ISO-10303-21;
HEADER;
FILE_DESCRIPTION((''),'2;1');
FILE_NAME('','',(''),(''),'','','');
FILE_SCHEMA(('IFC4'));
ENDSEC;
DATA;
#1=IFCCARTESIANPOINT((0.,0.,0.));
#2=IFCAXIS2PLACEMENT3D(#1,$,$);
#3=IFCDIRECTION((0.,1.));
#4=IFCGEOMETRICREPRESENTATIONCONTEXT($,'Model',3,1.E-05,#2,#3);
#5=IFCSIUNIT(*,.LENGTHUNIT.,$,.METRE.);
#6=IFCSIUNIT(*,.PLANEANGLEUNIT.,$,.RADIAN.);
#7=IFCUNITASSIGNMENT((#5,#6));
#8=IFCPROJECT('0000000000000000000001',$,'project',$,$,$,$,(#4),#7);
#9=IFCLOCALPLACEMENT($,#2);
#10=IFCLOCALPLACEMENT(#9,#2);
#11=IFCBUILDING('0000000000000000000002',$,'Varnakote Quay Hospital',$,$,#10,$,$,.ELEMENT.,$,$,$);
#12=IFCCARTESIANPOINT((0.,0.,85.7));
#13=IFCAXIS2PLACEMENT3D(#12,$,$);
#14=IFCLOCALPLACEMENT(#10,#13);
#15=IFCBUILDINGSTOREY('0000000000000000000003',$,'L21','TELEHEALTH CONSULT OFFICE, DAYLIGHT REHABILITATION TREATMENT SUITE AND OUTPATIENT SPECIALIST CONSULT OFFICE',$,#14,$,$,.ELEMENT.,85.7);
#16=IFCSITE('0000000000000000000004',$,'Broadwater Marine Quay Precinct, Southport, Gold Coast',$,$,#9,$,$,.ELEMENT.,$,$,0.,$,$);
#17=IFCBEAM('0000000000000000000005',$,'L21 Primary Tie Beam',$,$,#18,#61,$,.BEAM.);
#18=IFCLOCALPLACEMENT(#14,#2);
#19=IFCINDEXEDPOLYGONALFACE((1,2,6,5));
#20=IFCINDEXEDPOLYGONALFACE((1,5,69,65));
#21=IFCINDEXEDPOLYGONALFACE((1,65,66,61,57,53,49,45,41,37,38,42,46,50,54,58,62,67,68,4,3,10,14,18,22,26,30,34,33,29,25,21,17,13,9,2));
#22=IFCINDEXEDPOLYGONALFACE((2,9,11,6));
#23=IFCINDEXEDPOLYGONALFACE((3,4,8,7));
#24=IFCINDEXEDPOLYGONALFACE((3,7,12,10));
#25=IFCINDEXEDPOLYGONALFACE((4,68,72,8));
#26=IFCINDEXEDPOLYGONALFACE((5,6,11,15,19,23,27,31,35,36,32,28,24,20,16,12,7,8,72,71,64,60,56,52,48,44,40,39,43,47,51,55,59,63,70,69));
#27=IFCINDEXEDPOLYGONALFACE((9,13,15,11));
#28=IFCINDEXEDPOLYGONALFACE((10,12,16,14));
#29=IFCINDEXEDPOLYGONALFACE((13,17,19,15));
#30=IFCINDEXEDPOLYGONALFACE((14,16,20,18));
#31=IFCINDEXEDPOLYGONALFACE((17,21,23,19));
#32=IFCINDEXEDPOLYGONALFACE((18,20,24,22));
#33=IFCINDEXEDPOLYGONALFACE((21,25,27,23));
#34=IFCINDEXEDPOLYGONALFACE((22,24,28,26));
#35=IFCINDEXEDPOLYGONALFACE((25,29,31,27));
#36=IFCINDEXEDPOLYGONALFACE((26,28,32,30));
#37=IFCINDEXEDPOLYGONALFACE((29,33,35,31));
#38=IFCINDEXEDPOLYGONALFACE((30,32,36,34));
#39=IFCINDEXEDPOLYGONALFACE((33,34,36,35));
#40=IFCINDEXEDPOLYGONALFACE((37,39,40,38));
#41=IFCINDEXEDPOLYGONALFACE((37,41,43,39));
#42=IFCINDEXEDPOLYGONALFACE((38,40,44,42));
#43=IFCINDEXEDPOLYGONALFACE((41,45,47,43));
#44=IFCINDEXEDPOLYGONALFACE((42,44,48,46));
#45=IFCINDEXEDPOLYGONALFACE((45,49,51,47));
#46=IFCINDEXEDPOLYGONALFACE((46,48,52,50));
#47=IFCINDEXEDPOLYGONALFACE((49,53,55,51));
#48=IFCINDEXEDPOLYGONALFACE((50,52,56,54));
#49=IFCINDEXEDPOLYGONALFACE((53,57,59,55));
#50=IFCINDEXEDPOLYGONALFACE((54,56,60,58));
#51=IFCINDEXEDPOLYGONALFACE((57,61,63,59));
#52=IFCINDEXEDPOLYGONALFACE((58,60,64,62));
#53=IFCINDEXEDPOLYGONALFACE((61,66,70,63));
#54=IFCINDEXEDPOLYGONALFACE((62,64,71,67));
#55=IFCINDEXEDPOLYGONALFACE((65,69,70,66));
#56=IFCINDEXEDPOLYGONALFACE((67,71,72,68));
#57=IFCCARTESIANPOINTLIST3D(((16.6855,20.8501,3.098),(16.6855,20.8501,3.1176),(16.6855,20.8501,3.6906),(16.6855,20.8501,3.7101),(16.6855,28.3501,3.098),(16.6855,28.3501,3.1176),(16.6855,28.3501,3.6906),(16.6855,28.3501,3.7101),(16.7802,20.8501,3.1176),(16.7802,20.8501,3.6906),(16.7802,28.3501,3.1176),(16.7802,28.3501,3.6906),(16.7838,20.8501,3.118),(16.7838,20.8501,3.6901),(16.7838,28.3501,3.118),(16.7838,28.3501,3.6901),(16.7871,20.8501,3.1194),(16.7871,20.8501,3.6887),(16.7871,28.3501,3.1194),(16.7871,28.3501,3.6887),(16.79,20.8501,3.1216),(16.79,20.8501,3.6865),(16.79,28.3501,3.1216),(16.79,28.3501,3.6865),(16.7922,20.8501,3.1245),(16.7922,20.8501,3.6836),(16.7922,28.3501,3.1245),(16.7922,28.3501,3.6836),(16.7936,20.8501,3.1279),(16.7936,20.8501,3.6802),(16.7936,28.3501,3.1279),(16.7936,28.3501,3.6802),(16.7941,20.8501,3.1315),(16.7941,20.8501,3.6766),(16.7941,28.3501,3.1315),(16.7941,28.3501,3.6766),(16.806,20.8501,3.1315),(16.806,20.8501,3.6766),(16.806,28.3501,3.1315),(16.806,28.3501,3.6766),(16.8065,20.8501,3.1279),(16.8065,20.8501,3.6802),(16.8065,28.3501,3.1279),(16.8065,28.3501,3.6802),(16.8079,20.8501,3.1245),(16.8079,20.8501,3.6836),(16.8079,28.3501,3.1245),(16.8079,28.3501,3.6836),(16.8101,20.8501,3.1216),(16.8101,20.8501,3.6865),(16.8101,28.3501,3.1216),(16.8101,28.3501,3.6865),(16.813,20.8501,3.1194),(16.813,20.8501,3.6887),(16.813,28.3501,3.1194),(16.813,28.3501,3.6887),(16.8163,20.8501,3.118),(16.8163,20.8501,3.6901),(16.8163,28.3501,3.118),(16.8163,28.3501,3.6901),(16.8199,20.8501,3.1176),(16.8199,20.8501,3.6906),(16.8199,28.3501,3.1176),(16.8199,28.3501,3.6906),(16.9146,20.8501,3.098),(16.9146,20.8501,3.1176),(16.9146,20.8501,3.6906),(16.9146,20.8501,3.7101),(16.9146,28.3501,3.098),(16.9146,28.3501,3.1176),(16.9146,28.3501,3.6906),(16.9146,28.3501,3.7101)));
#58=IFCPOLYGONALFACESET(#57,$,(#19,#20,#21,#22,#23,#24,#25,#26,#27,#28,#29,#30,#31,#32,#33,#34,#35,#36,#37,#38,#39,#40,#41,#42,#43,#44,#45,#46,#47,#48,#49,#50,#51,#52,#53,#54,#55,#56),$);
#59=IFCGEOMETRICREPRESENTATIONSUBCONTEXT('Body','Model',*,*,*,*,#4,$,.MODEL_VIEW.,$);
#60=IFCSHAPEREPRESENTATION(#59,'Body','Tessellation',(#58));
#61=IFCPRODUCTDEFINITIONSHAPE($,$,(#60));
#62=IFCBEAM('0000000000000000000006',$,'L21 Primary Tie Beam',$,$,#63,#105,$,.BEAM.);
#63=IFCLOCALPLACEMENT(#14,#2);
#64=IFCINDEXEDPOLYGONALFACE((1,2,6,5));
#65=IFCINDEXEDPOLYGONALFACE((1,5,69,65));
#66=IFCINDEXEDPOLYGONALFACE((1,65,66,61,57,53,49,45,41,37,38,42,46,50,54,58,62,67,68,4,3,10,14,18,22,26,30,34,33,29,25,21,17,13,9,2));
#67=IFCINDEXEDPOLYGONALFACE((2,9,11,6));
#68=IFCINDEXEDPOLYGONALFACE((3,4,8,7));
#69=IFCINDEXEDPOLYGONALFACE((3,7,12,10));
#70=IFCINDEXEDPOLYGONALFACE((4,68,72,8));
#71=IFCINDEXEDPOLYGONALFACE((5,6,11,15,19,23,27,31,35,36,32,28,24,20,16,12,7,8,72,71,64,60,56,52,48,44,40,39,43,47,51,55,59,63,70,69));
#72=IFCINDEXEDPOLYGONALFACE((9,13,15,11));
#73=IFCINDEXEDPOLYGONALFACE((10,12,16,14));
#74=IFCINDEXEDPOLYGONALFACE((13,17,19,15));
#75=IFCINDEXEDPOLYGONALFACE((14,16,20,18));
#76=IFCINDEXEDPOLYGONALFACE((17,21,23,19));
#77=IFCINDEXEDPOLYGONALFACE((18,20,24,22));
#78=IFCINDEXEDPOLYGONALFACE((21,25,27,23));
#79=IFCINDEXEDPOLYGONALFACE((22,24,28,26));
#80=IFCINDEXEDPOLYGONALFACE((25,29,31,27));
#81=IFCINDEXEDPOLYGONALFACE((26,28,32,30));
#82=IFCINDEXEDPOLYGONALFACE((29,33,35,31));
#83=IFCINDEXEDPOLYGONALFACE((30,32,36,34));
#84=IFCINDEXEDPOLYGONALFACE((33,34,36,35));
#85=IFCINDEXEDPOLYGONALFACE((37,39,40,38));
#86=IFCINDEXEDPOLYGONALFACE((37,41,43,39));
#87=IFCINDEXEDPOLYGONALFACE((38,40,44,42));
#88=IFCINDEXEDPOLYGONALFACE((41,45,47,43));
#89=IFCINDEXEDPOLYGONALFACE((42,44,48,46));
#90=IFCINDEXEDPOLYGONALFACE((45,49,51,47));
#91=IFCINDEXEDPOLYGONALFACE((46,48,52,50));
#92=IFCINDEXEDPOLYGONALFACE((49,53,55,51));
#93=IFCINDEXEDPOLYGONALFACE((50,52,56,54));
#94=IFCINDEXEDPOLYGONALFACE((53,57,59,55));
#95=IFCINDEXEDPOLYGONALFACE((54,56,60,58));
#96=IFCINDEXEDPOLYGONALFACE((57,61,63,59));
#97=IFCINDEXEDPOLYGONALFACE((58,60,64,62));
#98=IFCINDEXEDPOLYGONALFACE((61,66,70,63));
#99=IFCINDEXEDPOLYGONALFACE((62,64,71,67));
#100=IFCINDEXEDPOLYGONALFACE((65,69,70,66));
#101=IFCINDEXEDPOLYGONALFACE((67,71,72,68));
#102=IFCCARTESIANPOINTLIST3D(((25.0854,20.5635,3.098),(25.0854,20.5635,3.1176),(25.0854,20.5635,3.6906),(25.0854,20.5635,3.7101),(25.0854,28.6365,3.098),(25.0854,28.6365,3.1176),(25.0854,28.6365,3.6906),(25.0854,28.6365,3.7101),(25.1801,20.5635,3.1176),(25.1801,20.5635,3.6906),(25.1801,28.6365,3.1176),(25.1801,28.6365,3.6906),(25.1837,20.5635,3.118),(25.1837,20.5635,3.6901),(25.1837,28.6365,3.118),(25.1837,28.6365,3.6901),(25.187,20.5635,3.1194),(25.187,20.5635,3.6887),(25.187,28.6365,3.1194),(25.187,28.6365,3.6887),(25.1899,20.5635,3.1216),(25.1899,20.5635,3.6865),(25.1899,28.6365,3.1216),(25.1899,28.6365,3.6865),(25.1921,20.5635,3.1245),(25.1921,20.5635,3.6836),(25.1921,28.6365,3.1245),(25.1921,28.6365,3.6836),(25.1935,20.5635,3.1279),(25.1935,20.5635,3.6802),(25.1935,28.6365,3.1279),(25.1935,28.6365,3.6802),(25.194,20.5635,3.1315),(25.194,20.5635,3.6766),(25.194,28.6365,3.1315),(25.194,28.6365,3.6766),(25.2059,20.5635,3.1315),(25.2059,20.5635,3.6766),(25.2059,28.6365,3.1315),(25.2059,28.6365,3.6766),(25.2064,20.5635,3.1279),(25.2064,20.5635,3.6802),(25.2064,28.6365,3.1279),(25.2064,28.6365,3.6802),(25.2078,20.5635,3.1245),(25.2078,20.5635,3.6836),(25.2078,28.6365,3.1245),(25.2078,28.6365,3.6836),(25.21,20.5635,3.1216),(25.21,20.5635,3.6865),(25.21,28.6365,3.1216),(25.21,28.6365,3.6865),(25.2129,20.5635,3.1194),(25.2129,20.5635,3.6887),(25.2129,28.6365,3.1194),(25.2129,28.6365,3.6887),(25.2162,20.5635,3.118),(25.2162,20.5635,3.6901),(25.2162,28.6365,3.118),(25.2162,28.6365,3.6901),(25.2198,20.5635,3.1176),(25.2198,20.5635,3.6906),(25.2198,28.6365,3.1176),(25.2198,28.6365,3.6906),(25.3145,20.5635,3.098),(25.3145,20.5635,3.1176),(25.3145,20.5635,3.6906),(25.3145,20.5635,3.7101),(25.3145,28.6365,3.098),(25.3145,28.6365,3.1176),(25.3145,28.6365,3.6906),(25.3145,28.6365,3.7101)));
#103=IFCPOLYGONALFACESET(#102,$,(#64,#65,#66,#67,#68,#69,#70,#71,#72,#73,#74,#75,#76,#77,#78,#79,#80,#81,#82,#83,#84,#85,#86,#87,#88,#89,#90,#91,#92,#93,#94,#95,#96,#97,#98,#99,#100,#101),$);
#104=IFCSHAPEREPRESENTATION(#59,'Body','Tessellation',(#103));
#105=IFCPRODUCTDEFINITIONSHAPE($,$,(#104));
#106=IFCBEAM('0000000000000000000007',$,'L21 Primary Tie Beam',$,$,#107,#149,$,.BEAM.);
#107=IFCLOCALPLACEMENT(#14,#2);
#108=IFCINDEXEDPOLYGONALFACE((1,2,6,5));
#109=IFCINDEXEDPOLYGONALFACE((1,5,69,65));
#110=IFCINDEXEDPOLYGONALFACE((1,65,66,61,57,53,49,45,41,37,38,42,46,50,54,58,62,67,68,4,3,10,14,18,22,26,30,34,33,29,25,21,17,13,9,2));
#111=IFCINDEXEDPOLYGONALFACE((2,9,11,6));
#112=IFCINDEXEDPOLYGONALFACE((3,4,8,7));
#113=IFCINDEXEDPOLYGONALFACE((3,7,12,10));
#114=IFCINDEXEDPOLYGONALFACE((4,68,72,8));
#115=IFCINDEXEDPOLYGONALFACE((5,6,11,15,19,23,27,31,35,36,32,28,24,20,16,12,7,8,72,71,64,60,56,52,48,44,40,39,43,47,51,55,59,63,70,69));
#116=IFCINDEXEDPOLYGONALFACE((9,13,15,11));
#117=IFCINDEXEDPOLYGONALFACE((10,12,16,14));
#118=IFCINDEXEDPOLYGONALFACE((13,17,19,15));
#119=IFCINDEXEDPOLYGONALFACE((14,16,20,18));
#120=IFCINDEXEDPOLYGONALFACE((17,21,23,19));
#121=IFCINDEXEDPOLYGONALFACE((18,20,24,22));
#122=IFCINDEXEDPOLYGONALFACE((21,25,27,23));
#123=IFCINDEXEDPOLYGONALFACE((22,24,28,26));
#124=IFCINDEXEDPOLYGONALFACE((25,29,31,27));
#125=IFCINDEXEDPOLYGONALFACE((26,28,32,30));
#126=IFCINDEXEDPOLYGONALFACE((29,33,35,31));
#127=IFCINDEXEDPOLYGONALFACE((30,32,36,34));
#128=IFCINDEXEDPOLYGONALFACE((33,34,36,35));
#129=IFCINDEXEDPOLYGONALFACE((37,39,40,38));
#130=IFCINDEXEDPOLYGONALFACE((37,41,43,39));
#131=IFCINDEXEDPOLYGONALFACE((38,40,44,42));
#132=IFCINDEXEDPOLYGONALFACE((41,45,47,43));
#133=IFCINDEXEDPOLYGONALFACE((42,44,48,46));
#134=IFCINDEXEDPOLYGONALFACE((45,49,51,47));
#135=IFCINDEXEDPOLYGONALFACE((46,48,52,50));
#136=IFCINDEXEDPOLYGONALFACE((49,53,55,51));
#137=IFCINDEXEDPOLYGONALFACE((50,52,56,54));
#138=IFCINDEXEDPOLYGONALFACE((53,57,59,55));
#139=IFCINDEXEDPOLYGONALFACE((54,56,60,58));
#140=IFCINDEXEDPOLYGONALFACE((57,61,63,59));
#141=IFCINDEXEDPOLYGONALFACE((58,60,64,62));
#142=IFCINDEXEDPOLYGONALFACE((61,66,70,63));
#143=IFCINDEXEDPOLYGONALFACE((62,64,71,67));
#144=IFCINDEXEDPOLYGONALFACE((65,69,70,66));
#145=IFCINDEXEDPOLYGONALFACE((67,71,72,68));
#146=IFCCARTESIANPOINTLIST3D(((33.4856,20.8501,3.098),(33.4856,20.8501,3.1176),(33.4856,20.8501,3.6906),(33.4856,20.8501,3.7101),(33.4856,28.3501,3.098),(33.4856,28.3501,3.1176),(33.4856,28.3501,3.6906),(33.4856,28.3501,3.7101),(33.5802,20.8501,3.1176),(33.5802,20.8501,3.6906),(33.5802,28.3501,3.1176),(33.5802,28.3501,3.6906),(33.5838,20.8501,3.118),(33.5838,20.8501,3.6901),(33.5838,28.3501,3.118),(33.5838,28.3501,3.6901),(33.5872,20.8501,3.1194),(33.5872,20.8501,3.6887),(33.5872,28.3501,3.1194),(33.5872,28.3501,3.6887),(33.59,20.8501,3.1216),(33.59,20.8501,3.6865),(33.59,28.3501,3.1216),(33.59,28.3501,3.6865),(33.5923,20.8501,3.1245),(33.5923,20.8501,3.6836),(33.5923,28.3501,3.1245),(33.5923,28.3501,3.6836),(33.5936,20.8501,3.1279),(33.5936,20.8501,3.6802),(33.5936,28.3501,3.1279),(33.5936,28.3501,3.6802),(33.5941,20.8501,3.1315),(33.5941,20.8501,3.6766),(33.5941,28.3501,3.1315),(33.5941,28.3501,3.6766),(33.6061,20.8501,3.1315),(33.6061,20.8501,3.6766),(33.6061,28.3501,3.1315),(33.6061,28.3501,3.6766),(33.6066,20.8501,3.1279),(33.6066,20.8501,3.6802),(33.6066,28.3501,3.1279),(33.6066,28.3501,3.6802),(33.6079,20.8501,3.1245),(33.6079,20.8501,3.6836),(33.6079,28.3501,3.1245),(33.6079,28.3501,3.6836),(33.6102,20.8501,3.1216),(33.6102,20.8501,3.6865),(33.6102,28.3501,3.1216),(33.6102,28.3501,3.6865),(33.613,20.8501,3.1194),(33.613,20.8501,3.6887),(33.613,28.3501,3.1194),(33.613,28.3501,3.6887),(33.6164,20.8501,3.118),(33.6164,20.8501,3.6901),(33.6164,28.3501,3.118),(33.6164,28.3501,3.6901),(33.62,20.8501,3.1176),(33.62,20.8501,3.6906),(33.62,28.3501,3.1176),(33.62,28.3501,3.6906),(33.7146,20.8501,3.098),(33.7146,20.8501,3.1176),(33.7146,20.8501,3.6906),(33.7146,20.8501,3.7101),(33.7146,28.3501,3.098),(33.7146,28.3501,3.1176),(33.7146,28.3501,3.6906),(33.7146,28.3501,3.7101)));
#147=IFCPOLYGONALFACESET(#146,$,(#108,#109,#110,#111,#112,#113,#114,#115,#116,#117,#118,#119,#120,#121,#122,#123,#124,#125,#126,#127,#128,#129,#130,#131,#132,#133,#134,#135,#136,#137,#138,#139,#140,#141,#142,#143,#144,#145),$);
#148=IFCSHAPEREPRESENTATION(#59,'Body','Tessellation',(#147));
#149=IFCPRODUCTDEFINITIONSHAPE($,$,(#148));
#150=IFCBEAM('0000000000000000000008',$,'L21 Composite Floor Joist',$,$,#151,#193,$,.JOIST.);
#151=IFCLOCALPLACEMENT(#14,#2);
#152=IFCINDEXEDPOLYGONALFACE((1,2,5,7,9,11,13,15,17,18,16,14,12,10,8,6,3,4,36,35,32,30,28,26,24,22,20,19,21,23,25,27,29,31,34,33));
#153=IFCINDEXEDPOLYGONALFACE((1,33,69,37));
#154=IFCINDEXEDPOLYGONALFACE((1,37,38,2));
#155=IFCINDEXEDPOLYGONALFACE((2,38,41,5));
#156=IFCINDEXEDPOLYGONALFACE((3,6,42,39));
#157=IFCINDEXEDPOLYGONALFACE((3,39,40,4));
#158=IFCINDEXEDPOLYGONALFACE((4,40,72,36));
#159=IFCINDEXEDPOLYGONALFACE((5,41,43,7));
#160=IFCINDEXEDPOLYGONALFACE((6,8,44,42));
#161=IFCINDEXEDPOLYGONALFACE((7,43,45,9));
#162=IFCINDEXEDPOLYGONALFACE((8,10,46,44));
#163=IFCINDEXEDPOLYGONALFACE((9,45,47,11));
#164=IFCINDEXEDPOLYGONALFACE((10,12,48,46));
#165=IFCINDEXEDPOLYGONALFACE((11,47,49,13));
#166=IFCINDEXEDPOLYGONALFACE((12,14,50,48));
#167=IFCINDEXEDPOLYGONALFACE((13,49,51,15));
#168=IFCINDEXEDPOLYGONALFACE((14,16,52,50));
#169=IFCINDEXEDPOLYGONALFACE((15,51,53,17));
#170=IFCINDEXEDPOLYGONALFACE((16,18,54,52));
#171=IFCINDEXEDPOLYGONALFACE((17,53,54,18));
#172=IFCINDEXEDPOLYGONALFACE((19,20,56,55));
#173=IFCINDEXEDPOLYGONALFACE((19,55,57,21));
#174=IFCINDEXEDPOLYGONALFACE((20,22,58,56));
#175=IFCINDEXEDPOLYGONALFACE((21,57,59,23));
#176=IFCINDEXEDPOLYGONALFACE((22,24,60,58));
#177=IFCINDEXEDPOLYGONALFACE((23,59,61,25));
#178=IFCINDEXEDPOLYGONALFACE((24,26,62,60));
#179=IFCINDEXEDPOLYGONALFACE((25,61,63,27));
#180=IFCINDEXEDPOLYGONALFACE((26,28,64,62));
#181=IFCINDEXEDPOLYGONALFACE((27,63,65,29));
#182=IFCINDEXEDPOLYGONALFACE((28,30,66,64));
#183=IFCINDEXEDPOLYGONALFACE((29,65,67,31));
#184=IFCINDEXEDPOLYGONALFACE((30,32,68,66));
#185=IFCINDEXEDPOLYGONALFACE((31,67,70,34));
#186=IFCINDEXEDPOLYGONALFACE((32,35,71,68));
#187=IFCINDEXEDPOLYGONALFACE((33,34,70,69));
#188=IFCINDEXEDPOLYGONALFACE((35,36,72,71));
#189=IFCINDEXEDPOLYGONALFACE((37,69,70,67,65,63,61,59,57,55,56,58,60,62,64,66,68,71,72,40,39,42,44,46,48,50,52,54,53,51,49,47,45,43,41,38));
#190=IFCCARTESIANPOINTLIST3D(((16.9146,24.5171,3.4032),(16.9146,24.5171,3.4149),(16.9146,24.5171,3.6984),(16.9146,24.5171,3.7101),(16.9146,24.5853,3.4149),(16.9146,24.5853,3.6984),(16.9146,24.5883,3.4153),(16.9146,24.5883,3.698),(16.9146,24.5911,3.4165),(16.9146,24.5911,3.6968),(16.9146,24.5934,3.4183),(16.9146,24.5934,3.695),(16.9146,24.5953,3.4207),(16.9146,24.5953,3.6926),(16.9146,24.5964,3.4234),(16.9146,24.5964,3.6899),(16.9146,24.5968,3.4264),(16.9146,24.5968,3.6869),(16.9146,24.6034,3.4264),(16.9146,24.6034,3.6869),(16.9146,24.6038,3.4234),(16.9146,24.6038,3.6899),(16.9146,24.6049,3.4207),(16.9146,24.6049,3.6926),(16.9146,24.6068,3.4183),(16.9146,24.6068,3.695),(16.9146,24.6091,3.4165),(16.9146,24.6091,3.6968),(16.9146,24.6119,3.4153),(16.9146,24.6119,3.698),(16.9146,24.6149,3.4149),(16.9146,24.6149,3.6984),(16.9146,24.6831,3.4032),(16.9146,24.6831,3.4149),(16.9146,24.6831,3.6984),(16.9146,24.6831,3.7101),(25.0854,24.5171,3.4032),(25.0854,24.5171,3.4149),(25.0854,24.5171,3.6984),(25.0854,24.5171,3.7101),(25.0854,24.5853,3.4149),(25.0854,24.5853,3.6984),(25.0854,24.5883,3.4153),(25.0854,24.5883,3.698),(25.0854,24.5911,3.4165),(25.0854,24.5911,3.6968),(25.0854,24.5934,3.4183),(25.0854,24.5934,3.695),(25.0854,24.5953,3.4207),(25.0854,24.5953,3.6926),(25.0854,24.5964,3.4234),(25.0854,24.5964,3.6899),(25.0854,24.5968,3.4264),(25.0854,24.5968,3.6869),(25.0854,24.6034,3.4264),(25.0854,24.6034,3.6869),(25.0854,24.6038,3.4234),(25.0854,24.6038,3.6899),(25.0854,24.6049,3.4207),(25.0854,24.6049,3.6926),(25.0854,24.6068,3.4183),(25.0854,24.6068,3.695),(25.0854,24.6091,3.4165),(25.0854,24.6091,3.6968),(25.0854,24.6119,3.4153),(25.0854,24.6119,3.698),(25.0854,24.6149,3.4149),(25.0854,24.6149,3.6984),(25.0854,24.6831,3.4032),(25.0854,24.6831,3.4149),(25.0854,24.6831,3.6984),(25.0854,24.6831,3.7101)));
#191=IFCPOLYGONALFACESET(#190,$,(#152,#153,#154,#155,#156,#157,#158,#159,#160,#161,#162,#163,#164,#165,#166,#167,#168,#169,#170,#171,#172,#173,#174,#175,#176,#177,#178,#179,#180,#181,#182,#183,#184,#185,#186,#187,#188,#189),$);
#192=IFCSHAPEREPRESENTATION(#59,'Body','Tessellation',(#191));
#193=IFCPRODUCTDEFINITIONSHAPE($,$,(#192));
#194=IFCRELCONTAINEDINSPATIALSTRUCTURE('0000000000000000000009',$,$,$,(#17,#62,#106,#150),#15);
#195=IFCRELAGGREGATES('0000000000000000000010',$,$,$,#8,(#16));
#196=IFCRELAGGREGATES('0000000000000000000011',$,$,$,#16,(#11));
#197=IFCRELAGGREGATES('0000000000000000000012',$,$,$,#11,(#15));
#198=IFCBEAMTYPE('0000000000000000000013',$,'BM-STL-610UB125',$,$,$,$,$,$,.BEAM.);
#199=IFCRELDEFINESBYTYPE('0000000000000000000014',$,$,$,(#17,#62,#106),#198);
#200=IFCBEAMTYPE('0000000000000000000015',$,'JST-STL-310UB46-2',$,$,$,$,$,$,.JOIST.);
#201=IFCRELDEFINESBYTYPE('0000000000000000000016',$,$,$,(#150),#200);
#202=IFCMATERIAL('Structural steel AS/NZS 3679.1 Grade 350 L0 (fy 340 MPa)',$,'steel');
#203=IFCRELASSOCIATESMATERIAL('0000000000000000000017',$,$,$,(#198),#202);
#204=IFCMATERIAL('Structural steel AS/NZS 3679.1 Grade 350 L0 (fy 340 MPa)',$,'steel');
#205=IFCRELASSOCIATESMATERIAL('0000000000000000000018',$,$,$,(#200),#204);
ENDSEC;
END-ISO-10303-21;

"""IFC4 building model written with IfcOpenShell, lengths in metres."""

from ifc_helpers import new_model, si_unit, direction, frame, origin, origin_2d, place, context, subcontext, project, spatial, i_section, extrude, material, material_profile, profile_set, type_object, element, save


model = new_model("IFC4")

# Units and contexts
model_context = context("Model", 3, precision=1e-05, world=origin(), true_north=direction((0.0, 1.0)))
body_context = subcontext(model_context, "Body", "Model", "MODEL_VIEW")
ifc_project = project(units=[si_unit("LENGTHUNIT", "METRE"), si_unit("PLANEANGLEUNIT", "RADIAN")], contexts=[model_context])

# Site, building, storey
site_placement = place(None, origin())
site = spatial("IfcSite", under=ifc_project, at=site_placement, Name="Broadwater Marine Quay Precinct, Southport, Gold Coast", CompositionType="ELEMENT", RefElevation=0.0)
building_placement = place(site_placement, origin())
building = spatial("IfcBuilding", under=site, at=building_placement, Name="Varnakote Quay Hospital", CompositionType="ELEMENT")
storey_placement = place(building_placement, frame((0.0, 0.0, 85.7)))
storey = spatial("IfcBuildingStorey", under=building, at=storey_placement, Name="L21", Description="TELEHEALTH CONSULT OFFICE, DAYLIGHT REHABILITATION TREATMENT SUITE AND OUTPATIENT SPECIALIST CONSULT OFFICE", CompositionType="ELEMENT", Elevation=85.7)

# Beams
ifc_material_1 = material(Name="Structural steel AS/NZS 3679.1 Grade 350 L0 (fy 340 MPa)", Category="steel")
ifc_material_profile_1 = material_profile(ifc_material_1, i_section(OverallWidth=0.229, OverallDepth=0.6121, WebThickness=0.012, FlangeThickness=0.0195, FilletRadius=0.0139, at=origin_2d()), Name="610UB125")
ifc_profile_set_1 = profile_set([ifc_material_profile_1], Name="Structural steel AS/NZS 3679.1 Grade 350 L0 (fy 340 MPa)")
beam_type_1 = type_object("IfcBeamType", Name="BM-STL-610UB125", PredefinedType="BEAM", material=ifc_profile_set_1)
beam_1_placement = place(storey_placement, frame((16.8, 20.8501, 3.4041), z_axis=(0.0, 1.0, 0.0), x_axis=(-1.0, 0.0, 0.0)))
element("IfcBeam", 1, at=beam_1_placement, inside=storey, type_object=beam_type_1, Name="L21 Primary Tie Beam", PredefinedType="BEAM", context=body_context, shape_type="SweptSolid", body=[
    extrude(i_section(OverallWidth=0.229, OverallDepth=0.6121, WebThickness=0.012, FlangeThickness=0.0195, FilletRadius=0.0139, at=origin_2d()), origin(), (0.0, 0.0, 1.0), 7.5),
])
beam_2_placement = place(storey_placement, frame((25.2, 20.5635, 3.4041), z_axis=(0.0, 1.0, 0.0), x_axis=(-1.0, 0.0, 0.0)))
element("IfcBeam", 2, at=beam_2_placement, inside=storey, type_object=beam_type_1, Name="L21 Primary Tie Beam", PredefinedType="BEAM", context=body_context, shape_type="SweptSolid", body=[
    extrude(i_section(OverallWidth=0.229, OverallDepth=0.6121, WebThickness=0.012, FlangeThickness=0.0195, FilletRadius=0.0139, at=origin_2d()), origin(), (0.0, 0.0, 1.0), 8.073),
])
beam_3_placement = place(storey_placement, frame((33.6001, 20.8501, 3.4041), z_axis=(0.0, 1.0, 0.0), x_axis=(-1.0, 0.0, 0.0)))
element("IfcBeam", 3, at=beam_3_placement, inside=storey, type_object=beam_type_1, Name="L21 Primary Tie Beam", PredefinedType="BEAM", context=body_context, shape_type="SweptSolid", body=[
    extrude(i_section(OverallWidth=0.229, OverallDepth=0.6121, WebThickness=0.012, FlangeThickness=0.0195, FilletRadius=0.0139, at=origin_2d()), origin(), (0.0, 0.0, 1.0), 7.5),
])
ifc_material_2 = material(Name="Structural steel AS/NZS 3679.1 Grade 350 L0 (fy 340 MPa)", Category="steel")
ifc_material_profile_2 = material_profile(ifc_material_2, i_section(OverallWidth=0.166, OverallDepth=0.3069, WebThickness=0.0066, FlangeThickness=0.0117, FilletRadius=0.0115, at=origin_2d()), Name="310UB46.2")
ifc_profile_set_2 = profile_set([ifc_material_profile_2], Name="Structural steel AS/NZS 3679.1 Grade 350 L0 (fy 340 MPa)")
beam_type_2 = type_object("IfcBeamType", Name="JST-STL-310UB46-2", PredefinedType="JOIST", material=ifc_profile_set_2)
beam_4_placement = place(storey_placement, frame((16.9146, 24.6001, 3.5566), z_axis=(1.0, 0.0, 0.0), x_axis=(0.0, 1.0, 0.0)))
element("IfcBeam", 4, at=beam_4_placement, inside=storey, type_object=beam_type_2, Name="L21 Composite Floor Joist", PredefinedType="JOIST", context=body_context, shape_type="SweptSolid", body=[
    extrude(i_section(OverallWidth=0.166, OverallDepth=0.3069, WebThickness=0.0066, FlangeThickness=0.0117, FilletRadius=0.0115, at=origin_2d()), origin(), (0.0, 0.0, 1.0), 8.1709),
])

save(model, "model.ifc")
